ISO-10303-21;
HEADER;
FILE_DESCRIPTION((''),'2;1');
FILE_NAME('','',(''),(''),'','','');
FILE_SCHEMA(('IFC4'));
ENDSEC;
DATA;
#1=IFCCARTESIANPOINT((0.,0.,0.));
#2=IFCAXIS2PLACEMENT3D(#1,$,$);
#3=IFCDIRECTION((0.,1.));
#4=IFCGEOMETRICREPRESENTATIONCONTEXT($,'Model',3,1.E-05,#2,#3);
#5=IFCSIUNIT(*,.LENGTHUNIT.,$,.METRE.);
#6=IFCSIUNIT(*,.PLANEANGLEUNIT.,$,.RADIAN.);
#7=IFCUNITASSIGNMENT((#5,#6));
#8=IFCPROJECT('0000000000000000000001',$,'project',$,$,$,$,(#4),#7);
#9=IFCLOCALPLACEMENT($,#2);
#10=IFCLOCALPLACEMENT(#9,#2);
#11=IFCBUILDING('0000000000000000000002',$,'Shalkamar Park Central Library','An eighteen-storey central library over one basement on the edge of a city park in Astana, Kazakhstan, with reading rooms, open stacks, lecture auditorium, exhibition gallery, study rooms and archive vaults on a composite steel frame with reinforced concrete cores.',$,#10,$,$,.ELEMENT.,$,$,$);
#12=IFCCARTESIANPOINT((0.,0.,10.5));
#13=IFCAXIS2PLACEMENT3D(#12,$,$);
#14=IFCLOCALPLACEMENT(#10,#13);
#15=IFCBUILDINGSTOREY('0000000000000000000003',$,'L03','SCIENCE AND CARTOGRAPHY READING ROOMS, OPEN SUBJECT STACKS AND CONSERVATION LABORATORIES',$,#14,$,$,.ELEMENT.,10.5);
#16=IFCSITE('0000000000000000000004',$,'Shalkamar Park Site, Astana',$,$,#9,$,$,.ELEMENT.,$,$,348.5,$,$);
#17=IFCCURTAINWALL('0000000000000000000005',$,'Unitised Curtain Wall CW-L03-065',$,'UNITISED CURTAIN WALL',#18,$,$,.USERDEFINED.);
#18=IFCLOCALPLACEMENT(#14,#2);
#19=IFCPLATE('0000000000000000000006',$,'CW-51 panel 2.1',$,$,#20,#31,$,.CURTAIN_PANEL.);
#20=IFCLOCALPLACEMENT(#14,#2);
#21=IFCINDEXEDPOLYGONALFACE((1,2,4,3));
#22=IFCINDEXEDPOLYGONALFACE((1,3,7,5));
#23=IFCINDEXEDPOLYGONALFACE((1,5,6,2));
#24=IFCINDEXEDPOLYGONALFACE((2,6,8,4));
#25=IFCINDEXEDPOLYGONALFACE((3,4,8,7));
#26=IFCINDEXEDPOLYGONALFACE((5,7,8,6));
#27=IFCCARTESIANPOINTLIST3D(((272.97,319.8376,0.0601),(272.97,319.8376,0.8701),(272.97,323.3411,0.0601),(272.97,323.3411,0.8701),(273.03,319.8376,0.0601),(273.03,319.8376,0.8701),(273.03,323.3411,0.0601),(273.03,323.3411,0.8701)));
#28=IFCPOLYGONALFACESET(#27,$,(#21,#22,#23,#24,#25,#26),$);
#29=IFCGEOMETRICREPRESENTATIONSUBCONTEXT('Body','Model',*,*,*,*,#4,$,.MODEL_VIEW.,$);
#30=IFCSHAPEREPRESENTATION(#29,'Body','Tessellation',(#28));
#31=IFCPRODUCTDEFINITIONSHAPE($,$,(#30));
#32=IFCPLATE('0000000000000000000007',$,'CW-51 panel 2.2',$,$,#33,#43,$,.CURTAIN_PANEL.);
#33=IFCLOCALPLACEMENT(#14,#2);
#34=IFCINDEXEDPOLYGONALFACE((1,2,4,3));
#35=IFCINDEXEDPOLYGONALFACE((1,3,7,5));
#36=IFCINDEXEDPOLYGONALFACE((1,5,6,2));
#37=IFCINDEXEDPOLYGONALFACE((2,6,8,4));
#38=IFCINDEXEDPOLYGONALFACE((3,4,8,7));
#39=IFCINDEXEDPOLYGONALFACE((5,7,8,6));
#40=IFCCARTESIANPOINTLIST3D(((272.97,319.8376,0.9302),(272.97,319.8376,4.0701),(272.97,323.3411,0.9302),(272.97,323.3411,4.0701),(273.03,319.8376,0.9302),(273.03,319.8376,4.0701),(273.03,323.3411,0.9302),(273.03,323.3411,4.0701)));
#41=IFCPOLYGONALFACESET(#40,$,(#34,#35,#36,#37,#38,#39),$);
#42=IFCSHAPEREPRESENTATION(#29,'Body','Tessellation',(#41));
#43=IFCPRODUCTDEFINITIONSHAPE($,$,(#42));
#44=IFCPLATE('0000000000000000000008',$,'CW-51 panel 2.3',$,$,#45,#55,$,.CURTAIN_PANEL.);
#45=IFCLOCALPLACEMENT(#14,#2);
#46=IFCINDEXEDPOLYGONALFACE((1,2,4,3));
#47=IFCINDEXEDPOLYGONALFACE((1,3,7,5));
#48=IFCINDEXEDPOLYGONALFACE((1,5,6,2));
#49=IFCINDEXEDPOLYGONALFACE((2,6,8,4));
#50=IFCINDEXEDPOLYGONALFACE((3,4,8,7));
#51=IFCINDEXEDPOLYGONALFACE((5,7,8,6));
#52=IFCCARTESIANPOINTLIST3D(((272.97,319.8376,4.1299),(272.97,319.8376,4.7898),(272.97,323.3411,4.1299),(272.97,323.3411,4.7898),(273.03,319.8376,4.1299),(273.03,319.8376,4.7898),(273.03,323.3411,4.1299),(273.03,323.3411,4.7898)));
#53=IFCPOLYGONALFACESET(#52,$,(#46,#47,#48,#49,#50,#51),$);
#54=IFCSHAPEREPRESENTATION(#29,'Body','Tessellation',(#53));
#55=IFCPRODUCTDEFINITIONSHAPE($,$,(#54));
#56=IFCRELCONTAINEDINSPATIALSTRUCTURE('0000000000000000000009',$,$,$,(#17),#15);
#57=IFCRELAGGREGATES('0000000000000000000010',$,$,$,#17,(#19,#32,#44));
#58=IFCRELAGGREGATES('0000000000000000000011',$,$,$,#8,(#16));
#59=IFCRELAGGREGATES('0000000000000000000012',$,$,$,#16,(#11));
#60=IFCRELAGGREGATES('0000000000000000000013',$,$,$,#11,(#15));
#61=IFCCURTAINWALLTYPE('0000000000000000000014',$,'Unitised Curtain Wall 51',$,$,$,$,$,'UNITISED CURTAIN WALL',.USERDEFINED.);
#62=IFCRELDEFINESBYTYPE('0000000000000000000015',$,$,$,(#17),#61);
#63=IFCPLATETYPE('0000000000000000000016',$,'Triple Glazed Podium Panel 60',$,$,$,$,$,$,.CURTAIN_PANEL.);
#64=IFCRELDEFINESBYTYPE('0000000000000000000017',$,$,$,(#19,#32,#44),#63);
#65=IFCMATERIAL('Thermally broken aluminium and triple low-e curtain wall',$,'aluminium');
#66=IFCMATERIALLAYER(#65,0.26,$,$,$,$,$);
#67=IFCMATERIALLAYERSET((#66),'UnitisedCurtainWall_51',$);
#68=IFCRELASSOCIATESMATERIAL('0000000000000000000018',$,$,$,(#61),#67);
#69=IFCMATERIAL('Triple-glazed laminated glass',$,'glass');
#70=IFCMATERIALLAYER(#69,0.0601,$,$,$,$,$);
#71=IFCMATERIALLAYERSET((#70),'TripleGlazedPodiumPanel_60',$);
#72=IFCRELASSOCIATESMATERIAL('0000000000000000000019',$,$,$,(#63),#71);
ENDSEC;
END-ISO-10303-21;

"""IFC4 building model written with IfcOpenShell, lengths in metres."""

from ifc_helpers import new_model, si_unit, direction, frame, origin, origin_2d, place, context, subcontext, project, spatial, rectangle, extrude, material, layer, layer_set, type_object, element, aggregate, save


model = new_model("IFC4")

# Units and contexts
model_context = context("Model", 3, precision=1e-05, world=origin(), true_north=direction((0.0, 1.0)))
body_context = subcontext(model_context, "Body", "Model", "MODEL_VIEW")
ifc_project = project(units=[si_unit("LENGTHUNIT", "METRE"), si_unit("PLANEANGLEUNIT", "RADIAN")], contexts=[model_context])

# Site, building, storey
site_placement = place(None, origin())
site = spatial("IfcSite", under=ifc_project, at=site_placement, Name="Shalkamar Park Site, Astana", CompositionType="ELEMENT", RefElevation=348.5)
building_placement = place(site_placement, origin())
building = spatial("IfcBuilding", under=site, at=building_placement, Name="Shalkamar Park Central Library", Description="An eighteen-storey central library over one basement on the edge of a city park in Astana, Kazakhstan, with reading rooms, open stacks, lecture auditorium, exhibition gallery, study rooms and archive vaults on a composite steel frame with reinforced concrete cores.", CompositionType="ELEMENT")
storey_placement = place(building_placement, frame((0.0, 0.0, 10.5)))
storey = spatial("IfcBuildingStorey", under=building, at=storey_placement, Name="L03", Description="SCIENCE AND CARTOGRAPHY READING ROOMS, OPEN SUBJECT STACKS AND CONSERVATION LABORATORIES", CompositionType="ELEMENT", Elevation=10.5)

# Curtain wall
ifc_material_1 = material(Name="Thermally broken aluminium and triple low-e curtain wall", Category="aluminium")
ifc_layer_1 = layer(ifc_material_1, 0.26)
ifc_layer_set_1 = layer_set([ifc_layer_1], Name="UnitisedCurtainWall_51")
curtain_wall_type_1 = type_object("IfcCurtainWallType", Name="Unitised Curtain Wall 51", ElementType="UNITISED CURTAIN WALL", PredefinedType="USERDEFINED", material=ifc_layer_set_1)
curtain_wall_1_placement = place(storey_placement, origin())
curtain_wall_1 = element("IfcCurtainWall", 1, at=curtain_wall_1_placement, inside=storey, type_object=curtain_wall_type_1, Name="Unitised Curtain Wall CW-L03-065", ObjectType="UNITISED CURTAIN WALL", PredefinedType="USERDEFINED")

# Plates
ifc_material_2 = material(Name="Triple-glazed laminated glass", Category="glass")
ifc_layer_2 = layer(ifc_material_2, 0.0601)
ifc_layer_set_2 = layer_set([ifc_layer_2], Name="TripleGlazedPodiumPanel_60")
plate_type = type_object("IfcPlateType", Name="Triple Glazed Podium Panel 60", PredefinedType="CURTAIN_PANEL", material=ifc_layer_set_2)
plate_1_placement = place(storey_placement, frame((273.0, 321.5894, 0.0601), z_axis=(0.0, 0.0, 1.0), x_axis=(0.0, 1.0, 0.0)))
plate_1 = element("IfcPlate", 2, at=plate_1_placement, type_object=plate_type, Name="CW-51 panel 2.1", PredefinedType="CURTAIN_PANEL", context=body_context, shape_type="SweptSolid", body=[
    extrude(rectangle(XDim=3.5034, YDim=0.0601, at=origin_2d()), origin(), (0.0, 0.0, 1.0), 0.8101),
])
plate_2_placement = place(storey_placement, frame((273.0, 321.5894, 0.9302), z_axis=(0.0, 0.0, 1.0), x_axis=(0.0, 1.0, 0.0)))
plate_2 = element("IfcPlate", 3, at=plate_2_placement, type_object=plate_type, Name="CW-51 panel 2.2", PredefinedType="CURTAIN_PANEL", context=body_context, shape_type="SweptSolid", body=[
    extrude(rectangle(XDim=3.5034, YDim=0.0601, at=origin_2d()), origin(), (0.0, 0.0, 1.0), 3.1399),
])
plate_3_placement = place(storey_placement, frame((273.0, 321.5894, 4.1299), z_axis=(0.0, 0.0, 1.0), x_axis=(0.0, 1.0, 0.0)))
plate_3 = element("IfcPlate", 4, at=plate_3_placement, type_object=plate_type, Name="CW-51 panel 2.3", PredefinedType="CURTAIN_PANEL", context=body_context, shape_type="SweptSolid", body=[
    extrude(rectangle(XDim=3.5034, YDim=0.0601, at=origin_2d()), origin(), (0.0, 0.0, 1.0), 0.6599),
])
aggregate(curtain_wall_1, [plate_1, plate_2, plate_3])

save(model, "model.ifc")
